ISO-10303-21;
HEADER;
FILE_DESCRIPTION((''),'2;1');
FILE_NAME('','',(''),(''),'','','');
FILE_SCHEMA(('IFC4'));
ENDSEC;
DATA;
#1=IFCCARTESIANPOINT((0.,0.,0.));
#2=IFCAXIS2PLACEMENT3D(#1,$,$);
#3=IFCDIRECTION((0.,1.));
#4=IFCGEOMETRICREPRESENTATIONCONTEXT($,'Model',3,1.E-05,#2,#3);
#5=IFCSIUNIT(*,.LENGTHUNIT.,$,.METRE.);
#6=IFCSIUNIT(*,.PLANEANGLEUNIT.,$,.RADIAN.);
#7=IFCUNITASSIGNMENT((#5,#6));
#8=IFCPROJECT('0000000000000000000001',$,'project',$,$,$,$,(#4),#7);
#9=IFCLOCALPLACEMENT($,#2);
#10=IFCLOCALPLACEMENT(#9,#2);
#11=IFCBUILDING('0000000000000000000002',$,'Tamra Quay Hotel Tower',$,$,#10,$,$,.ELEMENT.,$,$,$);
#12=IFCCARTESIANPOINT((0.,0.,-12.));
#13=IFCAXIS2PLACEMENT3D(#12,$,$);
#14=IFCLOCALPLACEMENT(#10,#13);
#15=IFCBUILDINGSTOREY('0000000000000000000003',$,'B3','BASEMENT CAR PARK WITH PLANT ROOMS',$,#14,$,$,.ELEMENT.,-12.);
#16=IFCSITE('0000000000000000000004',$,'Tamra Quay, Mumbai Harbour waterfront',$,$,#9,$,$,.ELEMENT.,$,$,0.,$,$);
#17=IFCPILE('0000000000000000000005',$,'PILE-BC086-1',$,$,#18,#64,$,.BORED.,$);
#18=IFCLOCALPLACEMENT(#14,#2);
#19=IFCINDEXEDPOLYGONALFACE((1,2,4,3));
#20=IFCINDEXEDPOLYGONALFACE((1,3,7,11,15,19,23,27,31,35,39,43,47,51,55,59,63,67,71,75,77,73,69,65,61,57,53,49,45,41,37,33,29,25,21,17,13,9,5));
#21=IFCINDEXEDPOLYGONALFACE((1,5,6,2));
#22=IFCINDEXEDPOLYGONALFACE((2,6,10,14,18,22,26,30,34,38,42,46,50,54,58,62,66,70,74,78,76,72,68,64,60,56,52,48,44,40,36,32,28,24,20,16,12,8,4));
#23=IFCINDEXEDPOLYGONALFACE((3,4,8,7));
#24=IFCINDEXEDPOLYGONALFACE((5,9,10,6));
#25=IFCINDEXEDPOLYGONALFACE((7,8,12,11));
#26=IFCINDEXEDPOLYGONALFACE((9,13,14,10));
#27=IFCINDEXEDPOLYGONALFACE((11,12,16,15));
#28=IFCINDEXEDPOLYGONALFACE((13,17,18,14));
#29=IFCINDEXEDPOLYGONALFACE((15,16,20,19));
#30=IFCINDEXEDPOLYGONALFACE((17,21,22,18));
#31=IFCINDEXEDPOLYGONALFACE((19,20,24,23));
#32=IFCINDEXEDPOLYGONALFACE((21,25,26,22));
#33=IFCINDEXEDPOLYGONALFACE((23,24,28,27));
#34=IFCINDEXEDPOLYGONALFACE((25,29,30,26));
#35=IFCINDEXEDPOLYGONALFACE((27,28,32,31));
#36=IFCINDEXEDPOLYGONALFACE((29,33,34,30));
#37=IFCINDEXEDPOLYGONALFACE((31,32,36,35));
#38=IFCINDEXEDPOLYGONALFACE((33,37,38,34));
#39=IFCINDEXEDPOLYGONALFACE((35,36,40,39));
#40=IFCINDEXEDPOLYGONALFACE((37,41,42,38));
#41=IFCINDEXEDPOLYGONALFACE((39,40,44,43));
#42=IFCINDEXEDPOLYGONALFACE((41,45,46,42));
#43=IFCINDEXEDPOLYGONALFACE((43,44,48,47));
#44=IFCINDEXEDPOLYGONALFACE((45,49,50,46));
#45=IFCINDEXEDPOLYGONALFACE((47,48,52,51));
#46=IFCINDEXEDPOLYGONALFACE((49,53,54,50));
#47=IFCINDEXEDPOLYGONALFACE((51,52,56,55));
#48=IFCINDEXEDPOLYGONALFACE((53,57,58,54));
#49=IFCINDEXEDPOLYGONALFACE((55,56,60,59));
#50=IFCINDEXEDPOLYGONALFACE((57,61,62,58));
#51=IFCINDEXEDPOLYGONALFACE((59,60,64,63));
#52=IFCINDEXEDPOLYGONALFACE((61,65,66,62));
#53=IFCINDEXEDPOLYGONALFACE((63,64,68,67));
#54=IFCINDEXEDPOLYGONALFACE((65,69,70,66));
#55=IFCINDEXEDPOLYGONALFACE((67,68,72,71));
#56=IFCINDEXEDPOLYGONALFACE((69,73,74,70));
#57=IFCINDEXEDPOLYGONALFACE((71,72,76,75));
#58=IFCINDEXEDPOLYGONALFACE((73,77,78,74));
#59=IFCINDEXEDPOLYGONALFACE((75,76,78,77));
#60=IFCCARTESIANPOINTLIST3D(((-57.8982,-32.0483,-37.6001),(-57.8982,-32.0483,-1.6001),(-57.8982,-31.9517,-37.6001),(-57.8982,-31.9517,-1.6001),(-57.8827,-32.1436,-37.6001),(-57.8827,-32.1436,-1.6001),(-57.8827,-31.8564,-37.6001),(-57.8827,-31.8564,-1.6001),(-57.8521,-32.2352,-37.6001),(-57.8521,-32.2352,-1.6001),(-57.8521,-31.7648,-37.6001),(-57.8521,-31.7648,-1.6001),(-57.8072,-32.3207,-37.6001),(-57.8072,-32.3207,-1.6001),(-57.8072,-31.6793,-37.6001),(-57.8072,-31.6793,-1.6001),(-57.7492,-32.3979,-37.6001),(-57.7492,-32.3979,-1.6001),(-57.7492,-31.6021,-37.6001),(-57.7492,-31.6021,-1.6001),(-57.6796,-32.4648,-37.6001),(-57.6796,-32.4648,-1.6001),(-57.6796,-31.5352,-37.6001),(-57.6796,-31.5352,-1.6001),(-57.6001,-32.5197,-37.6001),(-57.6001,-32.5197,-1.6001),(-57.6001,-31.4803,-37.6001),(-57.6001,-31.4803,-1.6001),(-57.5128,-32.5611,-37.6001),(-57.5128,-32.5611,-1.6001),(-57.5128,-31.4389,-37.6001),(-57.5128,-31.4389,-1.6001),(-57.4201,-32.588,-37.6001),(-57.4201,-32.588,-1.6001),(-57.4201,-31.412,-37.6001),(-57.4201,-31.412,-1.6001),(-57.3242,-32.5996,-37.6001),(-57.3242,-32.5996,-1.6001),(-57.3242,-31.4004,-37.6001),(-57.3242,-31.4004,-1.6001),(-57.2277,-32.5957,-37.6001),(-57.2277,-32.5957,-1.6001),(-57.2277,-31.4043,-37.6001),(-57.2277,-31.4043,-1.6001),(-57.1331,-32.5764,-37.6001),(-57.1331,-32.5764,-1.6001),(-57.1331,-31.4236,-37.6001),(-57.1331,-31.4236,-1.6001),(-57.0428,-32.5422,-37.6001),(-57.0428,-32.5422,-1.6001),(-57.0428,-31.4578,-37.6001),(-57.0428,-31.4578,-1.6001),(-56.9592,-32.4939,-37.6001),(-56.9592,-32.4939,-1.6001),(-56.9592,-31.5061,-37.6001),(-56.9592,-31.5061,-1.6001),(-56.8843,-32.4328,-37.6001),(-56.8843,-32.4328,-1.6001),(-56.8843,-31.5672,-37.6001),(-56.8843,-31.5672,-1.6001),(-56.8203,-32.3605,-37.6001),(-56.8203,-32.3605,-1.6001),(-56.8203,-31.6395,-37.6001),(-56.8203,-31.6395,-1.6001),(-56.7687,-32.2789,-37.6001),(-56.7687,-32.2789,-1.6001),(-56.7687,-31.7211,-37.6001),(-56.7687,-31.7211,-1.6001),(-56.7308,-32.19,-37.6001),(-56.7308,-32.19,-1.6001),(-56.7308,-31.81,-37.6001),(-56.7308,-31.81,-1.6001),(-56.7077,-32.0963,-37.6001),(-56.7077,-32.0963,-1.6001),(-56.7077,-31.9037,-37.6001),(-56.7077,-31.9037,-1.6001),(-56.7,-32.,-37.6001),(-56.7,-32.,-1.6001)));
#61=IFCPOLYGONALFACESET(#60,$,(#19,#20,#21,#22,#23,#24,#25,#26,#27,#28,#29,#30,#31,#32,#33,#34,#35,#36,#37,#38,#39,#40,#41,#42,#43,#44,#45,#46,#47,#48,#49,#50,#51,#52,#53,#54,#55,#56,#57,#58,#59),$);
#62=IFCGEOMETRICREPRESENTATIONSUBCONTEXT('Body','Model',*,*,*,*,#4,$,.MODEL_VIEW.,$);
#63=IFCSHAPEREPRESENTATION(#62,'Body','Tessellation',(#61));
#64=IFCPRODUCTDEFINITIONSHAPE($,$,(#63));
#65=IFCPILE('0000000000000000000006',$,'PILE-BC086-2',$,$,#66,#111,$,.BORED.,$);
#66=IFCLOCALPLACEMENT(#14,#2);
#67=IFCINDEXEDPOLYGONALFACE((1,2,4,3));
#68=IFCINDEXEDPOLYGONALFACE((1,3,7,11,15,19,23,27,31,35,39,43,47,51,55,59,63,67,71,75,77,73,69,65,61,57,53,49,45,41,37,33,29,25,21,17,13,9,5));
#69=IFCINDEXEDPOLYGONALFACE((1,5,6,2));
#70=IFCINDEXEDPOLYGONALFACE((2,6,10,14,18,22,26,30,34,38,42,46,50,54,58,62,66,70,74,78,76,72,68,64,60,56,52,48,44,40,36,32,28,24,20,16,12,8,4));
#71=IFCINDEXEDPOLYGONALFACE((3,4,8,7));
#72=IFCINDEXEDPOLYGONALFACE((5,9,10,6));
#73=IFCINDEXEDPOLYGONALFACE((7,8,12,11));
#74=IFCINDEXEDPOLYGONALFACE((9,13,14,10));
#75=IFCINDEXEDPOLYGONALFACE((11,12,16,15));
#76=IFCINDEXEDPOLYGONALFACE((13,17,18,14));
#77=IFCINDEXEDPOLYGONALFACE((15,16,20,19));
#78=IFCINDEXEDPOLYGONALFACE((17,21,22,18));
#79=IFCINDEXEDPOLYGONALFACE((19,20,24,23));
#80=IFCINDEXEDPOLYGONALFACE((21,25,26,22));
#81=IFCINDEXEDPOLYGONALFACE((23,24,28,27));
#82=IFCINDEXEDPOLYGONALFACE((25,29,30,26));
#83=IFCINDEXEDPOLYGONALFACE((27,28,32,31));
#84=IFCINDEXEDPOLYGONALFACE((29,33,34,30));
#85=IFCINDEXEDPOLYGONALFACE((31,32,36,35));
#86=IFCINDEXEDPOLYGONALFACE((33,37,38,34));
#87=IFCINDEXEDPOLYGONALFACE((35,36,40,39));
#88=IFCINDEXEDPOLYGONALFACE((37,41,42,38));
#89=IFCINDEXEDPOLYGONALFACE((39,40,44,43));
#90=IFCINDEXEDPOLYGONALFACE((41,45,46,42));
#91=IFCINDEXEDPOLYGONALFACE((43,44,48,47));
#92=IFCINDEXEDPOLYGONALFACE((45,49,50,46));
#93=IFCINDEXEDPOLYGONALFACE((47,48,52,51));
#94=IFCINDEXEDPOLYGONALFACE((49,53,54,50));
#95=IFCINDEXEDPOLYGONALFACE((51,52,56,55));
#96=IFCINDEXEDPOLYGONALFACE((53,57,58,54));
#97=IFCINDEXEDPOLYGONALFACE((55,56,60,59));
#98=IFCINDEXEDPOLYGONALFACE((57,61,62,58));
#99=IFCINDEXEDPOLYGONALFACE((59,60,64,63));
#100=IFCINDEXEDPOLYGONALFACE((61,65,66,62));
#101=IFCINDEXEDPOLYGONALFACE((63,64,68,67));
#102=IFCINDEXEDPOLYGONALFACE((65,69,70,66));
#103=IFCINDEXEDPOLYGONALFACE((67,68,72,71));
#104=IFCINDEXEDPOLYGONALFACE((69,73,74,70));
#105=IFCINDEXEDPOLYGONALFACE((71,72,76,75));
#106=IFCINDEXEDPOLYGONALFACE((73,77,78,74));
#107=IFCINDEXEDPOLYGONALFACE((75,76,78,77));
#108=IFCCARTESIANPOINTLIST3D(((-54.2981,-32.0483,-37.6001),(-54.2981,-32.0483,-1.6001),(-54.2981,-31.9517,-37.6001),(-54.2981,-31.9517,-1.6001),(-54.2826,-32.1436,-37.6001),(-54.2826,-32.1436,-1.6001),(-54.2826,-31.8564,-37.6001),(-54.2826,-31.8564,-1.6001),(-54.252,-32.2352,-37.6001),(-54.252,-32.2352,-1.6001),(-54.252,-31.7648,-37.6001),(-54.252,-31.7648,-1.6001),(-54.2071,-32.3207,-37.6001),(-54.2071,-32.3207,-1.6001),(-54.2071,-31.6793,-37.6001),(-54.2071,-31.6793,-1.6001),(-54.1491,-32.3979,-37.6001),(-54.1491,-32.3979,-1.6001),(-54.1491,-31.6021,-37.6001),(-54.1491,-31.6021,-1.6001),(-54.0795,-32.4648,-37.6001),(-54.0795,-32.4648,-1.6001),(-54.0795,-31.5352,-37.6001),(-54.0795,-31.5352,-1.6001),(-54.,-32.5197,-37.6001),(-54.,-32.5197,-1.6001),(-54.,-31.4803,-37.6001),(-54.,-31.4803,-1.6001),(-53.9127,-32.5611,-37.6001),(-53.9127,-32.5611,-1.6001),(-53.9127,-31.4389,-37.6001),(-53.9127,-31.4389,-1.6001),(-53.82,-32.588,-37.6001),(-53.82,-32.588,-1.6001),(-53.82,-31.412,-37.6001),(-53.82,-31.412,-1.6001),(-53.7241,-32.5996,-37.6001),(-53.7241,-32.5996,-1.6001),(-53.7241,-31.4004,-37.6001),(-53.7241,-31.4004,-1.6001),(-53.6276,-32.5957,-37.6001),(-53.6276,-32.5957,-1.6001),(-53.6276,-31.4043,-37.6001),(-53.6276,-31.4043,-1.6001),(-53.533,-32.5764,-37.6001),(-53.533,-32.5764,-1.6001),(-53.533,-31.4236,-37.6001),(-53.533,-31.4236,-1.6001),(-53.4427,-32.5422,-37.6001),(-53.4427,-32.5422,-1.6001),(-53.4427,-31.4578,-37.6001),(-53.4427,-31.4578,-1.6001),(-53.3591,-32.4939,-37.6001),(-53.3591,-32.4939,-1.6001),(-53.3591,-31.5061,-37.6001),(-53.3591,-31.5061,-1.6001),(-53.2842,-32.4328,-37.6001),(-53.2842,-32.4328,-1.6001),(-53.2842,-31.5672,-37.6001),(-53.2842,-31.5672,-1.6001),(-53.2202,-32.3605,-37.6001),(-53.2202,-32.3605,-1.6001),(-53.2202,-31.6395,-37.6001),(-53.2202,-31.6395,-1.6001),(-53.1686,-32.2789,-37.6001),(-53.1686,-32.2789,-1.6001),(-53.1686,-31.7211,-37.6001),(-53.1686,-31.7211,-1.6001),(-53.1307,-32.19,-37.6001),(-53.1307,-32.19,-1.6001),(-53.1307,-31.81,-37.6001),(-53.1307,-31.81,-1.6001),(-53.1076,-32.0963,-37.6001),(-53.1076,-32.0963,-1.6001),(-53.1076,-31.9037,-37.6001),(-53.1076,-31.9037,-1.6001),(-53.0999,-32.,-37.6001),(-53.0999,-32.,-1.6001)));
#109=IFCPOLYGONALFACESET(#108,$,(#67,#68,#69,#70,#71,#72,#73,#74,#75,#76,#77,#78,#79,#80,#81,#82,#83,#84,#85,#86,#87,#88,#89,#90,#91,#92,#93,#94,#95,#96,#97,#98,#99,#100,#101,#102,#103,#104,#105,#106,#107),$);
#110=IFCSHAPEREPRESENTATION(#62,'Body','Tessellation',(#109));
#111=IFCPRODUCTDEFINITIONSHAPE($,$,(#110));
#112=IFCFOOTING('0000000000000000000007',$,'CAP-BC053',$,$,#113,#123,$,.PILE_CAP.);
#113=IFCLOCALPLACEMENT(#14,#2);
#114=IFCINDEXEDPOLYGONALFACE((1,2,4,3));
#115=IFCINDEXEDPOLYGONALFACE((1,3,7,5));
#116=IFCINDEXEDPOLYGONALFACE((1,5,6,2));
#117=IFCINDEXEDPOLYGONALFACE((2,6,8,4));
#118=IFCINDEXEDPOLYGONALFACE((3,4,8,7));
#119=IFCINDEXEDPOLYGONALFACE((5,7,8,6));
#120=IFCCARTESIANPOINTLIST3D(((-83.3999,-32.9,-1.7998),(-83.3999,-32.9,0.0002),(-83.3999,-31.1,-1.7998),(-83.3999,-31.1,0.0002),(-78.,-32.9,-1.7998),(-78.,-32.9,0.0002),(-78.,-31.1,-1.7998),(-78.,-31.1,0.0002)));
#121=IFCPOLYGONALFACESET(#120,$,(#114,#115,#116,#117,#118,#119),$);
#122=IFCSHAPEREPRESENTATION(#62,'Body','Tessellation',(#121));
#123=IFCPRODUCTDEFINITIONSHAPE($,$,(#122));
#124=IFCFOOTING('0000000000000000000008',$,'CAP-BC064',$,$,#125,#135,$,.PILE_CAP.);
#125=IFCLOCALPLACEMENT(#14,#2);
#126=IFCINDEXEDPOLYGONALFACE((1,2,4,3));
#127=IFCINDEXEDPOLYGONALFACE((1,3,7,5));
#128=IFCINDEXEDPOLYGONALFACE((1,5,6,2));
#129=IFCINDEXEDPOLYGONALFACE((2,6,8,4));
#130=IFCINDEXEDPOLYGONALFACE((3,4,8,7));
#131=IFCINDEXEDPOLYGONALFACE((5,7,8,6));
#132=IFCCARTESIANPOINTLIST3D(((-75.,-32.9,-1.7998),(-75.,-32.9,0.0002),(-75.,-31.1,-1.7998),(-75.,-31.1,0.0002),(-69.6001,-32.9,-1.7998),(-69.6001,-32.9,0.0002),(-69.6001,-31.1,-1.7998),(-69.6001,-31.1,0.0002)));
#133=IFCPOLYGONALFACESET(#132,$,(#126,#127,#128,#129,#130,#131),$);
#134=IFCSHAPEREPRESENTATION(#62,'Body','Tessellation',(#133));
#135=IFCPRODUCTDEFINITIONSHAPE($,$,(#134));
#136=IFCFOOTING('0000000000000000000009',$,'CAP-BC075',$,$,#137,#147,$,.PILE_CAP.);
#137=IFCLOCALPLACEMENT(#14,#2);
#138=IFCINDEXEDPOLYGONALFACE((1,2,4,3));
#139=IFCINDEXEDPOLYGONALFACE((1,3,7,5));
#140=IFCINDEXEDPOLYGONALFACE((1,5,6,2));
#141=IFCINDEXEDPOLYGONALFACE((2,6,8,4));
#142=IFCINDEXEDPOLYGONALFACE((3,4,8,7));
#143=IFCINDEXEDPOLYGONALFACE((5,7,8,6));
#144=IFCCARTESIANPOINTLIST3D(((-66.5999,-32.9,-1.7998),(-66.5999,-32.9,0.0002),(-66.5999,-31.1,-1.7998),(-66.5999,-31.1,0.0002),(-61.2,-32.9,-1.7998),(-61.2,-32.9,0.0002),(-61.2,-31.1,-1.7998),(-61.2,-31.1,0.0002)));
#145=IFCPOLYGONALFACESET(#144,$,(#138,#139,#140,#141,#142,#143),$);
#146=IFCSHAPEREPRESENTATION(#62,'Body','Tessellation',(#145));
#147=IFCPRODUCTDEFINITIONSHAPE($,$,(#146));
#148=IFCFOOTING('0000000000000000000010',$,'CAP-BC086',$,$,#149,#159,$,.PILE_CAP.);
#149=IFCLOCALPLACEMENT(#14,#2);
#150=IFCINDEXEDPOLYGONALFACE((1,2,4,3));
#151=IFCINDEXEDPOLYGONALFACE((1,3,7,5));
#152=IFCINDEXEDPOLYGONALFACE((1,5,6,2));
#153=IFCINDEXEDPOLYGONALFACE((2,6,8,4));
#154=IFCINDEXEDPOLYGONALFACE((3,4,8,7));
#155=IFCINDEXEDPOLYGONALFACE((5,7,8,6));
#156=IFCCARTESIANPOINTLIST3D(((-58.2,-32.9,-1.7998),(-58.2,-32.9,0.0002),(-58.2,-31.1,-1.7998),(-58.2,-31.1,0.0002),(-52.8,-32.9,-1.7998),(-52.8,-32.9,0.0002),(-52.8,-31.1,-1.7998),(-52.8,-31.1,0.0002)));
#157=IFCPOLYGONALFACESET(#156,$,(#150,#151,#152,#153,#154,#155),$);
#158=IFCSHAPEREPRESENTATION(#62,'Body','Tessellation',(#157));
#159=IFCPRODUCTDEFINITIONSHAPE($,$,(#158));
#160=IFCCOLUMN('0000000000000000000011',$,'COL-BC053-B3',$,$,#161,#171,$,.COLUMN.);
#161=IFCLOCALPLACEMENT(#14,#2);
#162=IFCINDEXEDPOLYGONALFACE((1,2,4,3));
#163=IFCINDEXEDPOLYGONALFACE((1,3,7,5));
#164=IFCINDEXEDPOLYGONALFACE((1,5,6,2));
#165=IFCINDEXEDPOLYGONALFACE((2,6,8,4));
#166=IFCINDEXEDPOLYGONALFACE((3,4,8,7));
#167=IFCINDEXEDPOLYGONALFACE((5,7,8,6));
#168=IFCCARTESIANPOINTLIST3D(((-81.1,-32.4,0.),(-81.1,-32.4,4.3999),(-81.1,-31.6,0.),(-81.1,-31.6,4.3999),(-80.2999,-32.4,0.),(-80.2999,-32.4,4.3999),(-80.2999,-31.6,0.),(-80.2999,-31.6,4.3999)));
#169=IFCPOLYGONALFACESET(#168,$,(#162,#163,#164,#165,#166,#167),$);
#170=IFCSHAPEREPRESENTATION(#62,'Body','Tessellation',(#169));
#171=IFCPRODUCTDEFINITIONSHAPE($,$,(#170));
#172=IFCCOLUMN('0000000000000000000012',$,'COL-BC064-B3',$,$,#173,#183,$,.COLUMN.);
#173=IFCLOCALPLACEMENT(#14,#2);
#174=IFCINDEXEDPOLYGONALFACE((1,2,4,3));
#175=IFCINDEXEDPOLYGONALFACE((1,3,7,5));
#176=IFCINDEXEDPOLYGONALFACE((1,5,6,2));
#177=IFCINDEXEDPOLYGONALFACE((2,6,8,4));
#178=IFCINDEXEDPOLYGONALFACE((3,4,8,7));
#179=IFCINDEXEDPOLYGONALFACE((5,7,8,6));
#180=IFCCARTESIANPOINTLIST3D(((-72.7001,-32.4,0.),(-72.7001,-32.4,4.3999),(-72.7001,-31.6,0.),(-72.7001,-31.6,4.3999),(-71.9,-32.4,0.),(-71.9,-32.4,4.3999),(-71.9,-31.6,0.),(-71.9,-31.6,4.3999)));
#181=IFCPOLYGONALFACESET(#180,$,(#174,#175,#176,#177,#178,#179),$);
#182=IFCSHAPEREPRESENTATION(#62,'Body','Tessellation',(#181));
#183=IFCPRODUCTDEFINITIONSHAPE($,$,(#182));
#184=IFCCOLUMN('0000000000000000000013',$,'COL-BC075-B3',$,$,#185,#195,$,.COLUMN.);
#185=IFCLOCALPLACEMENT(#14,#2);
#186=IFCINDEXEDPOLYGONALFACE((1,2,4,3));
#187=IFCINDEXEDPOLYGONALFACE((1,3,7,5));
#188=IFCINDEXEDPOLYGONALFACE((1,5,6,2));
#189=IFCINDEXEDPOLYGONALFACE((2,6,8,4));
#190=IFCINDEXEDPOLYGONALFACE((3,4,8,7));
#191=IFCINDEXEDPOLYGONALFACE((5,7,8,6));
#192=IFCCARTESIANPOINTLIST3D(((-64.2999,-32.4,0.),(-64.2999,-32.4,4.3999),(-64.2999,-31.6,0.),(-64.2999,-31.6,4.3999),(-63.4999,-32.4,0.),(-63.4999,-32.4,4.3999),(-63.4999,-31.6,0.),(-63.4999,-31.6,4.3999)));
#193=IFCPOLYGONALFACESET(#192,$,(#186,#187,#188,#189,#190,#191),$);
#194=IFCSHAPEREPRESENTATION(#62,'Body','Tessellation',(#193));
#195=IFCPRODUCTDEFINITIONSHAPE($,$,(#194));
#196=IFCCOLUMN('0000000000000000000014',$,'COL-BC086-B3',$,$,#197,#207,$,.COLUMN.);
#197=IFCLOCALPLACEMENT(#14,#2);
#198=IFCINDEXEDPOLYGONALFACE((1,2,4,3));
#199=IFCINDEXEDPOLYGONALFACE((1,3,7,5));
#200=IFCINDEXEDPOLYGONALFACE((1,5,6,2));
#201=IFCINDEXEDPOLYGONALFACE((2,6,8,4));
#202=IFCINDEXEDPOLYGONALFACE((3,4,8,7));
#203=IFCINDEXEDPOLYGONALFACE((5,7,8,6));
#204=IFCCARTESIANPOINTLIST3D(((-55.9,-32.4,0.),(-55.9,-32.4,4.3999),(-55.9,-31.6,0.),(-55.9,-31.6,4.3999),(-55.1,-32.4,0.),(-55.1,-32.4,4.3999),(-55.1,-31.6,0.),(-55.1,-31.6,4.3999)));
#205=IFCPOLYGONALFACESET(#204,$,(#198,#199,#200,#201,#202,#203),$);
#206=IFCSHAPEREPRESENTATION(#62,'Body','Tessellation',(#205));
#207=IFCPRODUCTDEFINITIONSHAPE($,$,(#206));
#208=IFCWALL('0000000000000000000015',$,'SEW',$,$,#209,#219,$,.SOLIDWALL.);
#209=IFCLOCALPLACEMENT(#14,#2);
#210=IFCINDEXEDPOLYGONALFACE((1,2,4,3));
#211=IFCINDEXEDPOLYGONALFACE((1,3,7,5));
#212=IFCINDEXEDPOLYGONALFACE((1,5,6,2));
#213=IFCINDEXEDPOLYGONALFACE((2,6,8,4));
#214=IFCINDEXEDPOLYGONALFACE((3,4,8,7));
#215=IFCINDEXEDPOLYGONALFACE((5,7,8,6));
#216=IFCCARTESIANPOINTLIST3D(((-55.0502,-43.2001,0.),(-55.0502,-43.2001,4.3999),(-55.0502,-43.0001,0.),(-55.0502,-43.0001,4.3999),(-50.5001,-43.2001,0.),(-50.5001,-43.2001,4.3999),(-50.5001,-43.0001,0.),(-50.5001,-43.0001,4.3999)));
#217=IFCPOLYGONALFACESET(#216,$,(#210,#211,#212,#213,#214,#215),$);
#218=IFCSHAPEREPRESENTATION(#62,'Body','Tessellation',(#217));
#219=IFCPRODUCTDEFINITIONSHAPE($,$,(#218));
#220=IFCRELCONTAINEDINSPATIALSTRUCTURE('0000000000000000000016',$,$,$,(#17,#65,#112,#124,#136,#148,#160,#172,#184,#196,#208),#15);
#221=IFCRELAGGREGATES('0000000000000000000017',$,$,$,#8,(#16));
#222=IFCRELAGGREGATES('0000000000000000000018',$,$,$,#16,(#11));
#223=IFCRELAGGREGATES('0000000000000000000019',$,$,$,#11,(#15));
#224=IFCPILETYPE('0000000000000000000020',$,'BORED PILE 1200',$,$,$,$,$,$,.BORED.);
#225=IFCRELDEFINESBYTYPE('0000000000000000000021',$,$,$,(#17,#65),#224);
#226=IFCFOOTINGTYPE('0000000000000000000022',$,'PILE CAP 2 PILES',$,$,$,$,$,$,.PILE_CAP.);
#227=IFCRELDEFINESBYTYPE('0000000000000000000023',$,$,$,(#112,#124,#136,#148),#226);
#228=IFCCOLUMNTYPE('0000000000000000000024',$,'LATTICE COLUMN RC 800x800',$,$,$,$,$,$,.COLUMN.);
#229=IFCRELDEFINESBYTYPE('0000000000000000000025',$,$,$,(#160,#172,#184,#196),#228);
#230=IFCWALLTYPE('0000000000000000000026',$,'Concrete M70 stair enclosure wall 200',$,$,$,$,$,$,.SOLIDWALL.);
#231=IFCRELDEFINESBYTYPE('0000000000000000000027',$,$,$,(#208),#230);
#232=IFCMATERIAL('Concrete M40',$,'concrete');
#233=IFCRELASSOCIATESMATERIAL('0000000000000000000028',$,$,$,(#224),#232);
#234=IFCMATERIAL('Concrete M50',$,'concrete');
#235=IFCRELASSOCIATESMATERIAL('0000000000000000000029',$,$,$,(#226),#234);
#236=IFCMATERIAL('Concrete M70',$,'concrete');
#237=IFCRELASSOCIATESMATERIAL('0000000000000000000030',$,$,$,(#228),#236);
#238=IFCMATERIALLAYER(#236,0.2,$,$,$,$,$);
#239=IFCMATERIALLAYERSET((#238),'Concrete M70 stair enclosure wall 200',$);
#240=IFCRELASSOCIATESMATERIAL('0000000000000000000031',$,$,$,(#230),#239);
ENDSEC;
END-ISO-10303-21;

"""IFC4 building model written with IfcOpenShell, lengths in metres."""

from ifc_helpers import new_model, si_unit, direction, frame, frame_2d, origin, origin_2d, place, context, subcontext, project, spatial, rectangle, circle, extrude, material, layer, layer_set, material_profile, profile_set, type_object, element, save


model = new_model("IFC4")

# Units and contexts
model_context = context("Model", 3, precision=1e-05, world=origin(), true_north=direction((0.0, 1.0)))
body_context = subcontext(model_context, "Body", "Model", "MODEL_VIEW")
ifc_project = project(units=[si_unit("LENGTHUNIT", "METRE"), si_unit("PLANEANGLEUNIT", "RADIAN")], contexts=[model_context])

# Site, building, storey
site_placement = place(None, origin())
site = spatial("IfcSite", under=ifc_project, at=site_placement, Name="Tamra Quay, Mumbai Harbour waterfront", CompositionType="ELEMENT", RefElevation=0.0)
building_placement = place(site_placement, origin())
building = spatial("IfcBuilding", under=site, at=building_placement, Name="Tamra Quay Hotel Tower", CompositionType="ELEMENT")
storey_placement = place(building_placement, frame((0.0, 0.0, -12.0)))
storey = spatial("IfcBuildingStorey", under=building, at=storey_placement, Name="B3", Description="BASEMENT CAR PARK WITH PLANT ROOMS", CompositionType="ELEMENT", Elevation=-12.0)

# Piles
ifc_material_1 = material(Name="Concrete M40", Category="concrete")
ifc_material_profile_1 = material_profile(ifc_material_1, circle(Radius=0.6001, at=origin_2d()), Name="BORED PILE 1200")
ifc_profile_set_1 = profile_set([ifc_material_profile_1], Name="Concrete M40")
pile_type = type_object("IfcPileType", Name="BORED PILE 1200", PredefinedType="BORED", material=ifc_profile_set_1)
for number, where, z_axis, x_axis, name in (
    (1, (-57.3, -32.0, -1.6001), (0.0, 0.0, -1.0), (1.0, 0.0, 0.0), "PILE-BC086-1"),
    (2, (-53.7, -32.0, -1.6001), (0.0, 0.0, -1.0), (1.0, 0.0, 0.0), "PILE-BC086-2"),
):
    element("IfcPile", number, at=place(storey_placement, frame(where, z_axis=z_axis, x_axis=x_axis)), inside=storey, type_object=pile_type, Name=name, PredefinedType="BORED", context=body_context, shape_type="SweptSolid", body=[
        extrude(circle(Radius=0.6001, at=origin_2d()), origin(), (0.0, 0.0, 1.0), 36.0),
    ])

# Footings
ifc_material_2 = material(Name="Concrete M50", Category="concrete")
footing_type = type_object("IfcFootingType", Name="PILE CAP 2 PILES", PredefinedType="PILE_CAP", material=ifc_material_2)
for number, where, z_axis, x_axis, name in (
    (3, (-80.7, -32.0, -1.7998), (0.0, 0.0, 1.0), (1.0, 0.0, 0.0), "CAP-BC053"),
    (4, (-72.3, -32.0, -1.7998), (0.0, 0.0, 1.0), (1.0, 0.0, 0.0), "CAP-BC064"),
    (5, (-63.8999, -32.0, -1.7998), (0.0, 0.0, 1.0), (1.0, 0.0, 0.0), "CAP-BC075"),
    (6, (-55.5, -32.0, -1.7998), (0.0, 0.0, 1.0), (1.0, 0.0, 0.0), "CAP-BC086"),
):
    element("IfcFooting", number, at=place(storey_placement, frame(where, z_axis=z_axis, x_axis=x_axis)), inside=storey, type_object=footing_type, Name=name, PredefinedType="PILE_CAP", context=body_context, shape_type="SweptSolid", body=[
        extrude(rectangle(XDim=5.3999, YDim=1.8, at=origin_2d()), origin(), (0.0, 0.0, 1.0), 1.8),
    ])

# Columns
ifc_material_3 = material(Name="Concrete M70", Category="concrete")
ifc_material_profile_2 = material_profile(ifc_material_3, rectangle(XDim=0.8, YDim=0.8, at=origin_2d()), Name="LATTICE COLUMN RC 800x800")
ifc_profile_set_2 = profile_set([ifc_material_profile_2], Name="Concrete M70")
column_type = type_object("IfcColumnType", Name="LATTICE COLUMN RC 800x800", PredefinedType="COLUMN", material=ifc_profile_set_2)
for number, where, z_axis, x_axis, name in (
    (7, (-80.7, -32.0, 0.0), (0.0, 0.0, 1.0), (1.0, 0.0, 0.0), "COL-BC053-B3"),
    (8, (-72.3, -32.0, 0.0), (0.0, 0.0, 1.0), (1.0, 0.0, 0.0), "COL-BC064-B3"),
    (9, (-63.8999, -32.0, 0.0), (0.0, 0.0, 1.0), (1.0, 0.0, 0.0), "COL-BC075-B3"),
    (10, (-55.5, -32.0, 0.0), (0.0, 0.0, 1.0), (1.0, 0.0, 0.0), "COL-BC086-B3"),
):
    element("IfcColumn", number, at=place(storey_placement, frame(where, z_axis=z_axis, x_axis=x_axis)), inside=storey, type_object=column_type, Name=name, PredefinedType="COLUMN", context=body_context, shape_type="SweptSolid", body=[
        extrude(rectangle(XDim=0.8, YDim=0.8, at=origin_2d()), origin(), (0.0, 0.0, 1.0), 4.3999),
    ])

# Wall
ifc_layer_1 = layer(ifc_material_3, 0.2)
ifc_layer_set_1 = layer_set([ifc_layer_1], Name="Concrete M70 stair enclosure wall 200")
wall_type = type_object("IfcWallType", Name="Concrete M70 stair enclosure wall 200", PredefinedType="SOLIDWALL", material=ifc_layer_set_1)
wall_placement = place(storey_placement, frame((-55.05, -43.1001, 0.0), z_axis=(0.0, 0.0, 1.0), x_axis=(1.0, 0.0, 0.0)))
element("IfcWall", 11, at=wall_placement, inside=storey, type_object=wall_type, Name="SEW", PredefinedType="SOLIDWALL", context=body_context, shape_type="SweptSolid", body=[
    extrude(rectangle(XDim=4.55, YDim=0.2, at=frame_2d((2.2749, 0.0))), origin(), (0.0, 0.0, 1.0), 4.3999),
])

save(model, "model.ifc")
